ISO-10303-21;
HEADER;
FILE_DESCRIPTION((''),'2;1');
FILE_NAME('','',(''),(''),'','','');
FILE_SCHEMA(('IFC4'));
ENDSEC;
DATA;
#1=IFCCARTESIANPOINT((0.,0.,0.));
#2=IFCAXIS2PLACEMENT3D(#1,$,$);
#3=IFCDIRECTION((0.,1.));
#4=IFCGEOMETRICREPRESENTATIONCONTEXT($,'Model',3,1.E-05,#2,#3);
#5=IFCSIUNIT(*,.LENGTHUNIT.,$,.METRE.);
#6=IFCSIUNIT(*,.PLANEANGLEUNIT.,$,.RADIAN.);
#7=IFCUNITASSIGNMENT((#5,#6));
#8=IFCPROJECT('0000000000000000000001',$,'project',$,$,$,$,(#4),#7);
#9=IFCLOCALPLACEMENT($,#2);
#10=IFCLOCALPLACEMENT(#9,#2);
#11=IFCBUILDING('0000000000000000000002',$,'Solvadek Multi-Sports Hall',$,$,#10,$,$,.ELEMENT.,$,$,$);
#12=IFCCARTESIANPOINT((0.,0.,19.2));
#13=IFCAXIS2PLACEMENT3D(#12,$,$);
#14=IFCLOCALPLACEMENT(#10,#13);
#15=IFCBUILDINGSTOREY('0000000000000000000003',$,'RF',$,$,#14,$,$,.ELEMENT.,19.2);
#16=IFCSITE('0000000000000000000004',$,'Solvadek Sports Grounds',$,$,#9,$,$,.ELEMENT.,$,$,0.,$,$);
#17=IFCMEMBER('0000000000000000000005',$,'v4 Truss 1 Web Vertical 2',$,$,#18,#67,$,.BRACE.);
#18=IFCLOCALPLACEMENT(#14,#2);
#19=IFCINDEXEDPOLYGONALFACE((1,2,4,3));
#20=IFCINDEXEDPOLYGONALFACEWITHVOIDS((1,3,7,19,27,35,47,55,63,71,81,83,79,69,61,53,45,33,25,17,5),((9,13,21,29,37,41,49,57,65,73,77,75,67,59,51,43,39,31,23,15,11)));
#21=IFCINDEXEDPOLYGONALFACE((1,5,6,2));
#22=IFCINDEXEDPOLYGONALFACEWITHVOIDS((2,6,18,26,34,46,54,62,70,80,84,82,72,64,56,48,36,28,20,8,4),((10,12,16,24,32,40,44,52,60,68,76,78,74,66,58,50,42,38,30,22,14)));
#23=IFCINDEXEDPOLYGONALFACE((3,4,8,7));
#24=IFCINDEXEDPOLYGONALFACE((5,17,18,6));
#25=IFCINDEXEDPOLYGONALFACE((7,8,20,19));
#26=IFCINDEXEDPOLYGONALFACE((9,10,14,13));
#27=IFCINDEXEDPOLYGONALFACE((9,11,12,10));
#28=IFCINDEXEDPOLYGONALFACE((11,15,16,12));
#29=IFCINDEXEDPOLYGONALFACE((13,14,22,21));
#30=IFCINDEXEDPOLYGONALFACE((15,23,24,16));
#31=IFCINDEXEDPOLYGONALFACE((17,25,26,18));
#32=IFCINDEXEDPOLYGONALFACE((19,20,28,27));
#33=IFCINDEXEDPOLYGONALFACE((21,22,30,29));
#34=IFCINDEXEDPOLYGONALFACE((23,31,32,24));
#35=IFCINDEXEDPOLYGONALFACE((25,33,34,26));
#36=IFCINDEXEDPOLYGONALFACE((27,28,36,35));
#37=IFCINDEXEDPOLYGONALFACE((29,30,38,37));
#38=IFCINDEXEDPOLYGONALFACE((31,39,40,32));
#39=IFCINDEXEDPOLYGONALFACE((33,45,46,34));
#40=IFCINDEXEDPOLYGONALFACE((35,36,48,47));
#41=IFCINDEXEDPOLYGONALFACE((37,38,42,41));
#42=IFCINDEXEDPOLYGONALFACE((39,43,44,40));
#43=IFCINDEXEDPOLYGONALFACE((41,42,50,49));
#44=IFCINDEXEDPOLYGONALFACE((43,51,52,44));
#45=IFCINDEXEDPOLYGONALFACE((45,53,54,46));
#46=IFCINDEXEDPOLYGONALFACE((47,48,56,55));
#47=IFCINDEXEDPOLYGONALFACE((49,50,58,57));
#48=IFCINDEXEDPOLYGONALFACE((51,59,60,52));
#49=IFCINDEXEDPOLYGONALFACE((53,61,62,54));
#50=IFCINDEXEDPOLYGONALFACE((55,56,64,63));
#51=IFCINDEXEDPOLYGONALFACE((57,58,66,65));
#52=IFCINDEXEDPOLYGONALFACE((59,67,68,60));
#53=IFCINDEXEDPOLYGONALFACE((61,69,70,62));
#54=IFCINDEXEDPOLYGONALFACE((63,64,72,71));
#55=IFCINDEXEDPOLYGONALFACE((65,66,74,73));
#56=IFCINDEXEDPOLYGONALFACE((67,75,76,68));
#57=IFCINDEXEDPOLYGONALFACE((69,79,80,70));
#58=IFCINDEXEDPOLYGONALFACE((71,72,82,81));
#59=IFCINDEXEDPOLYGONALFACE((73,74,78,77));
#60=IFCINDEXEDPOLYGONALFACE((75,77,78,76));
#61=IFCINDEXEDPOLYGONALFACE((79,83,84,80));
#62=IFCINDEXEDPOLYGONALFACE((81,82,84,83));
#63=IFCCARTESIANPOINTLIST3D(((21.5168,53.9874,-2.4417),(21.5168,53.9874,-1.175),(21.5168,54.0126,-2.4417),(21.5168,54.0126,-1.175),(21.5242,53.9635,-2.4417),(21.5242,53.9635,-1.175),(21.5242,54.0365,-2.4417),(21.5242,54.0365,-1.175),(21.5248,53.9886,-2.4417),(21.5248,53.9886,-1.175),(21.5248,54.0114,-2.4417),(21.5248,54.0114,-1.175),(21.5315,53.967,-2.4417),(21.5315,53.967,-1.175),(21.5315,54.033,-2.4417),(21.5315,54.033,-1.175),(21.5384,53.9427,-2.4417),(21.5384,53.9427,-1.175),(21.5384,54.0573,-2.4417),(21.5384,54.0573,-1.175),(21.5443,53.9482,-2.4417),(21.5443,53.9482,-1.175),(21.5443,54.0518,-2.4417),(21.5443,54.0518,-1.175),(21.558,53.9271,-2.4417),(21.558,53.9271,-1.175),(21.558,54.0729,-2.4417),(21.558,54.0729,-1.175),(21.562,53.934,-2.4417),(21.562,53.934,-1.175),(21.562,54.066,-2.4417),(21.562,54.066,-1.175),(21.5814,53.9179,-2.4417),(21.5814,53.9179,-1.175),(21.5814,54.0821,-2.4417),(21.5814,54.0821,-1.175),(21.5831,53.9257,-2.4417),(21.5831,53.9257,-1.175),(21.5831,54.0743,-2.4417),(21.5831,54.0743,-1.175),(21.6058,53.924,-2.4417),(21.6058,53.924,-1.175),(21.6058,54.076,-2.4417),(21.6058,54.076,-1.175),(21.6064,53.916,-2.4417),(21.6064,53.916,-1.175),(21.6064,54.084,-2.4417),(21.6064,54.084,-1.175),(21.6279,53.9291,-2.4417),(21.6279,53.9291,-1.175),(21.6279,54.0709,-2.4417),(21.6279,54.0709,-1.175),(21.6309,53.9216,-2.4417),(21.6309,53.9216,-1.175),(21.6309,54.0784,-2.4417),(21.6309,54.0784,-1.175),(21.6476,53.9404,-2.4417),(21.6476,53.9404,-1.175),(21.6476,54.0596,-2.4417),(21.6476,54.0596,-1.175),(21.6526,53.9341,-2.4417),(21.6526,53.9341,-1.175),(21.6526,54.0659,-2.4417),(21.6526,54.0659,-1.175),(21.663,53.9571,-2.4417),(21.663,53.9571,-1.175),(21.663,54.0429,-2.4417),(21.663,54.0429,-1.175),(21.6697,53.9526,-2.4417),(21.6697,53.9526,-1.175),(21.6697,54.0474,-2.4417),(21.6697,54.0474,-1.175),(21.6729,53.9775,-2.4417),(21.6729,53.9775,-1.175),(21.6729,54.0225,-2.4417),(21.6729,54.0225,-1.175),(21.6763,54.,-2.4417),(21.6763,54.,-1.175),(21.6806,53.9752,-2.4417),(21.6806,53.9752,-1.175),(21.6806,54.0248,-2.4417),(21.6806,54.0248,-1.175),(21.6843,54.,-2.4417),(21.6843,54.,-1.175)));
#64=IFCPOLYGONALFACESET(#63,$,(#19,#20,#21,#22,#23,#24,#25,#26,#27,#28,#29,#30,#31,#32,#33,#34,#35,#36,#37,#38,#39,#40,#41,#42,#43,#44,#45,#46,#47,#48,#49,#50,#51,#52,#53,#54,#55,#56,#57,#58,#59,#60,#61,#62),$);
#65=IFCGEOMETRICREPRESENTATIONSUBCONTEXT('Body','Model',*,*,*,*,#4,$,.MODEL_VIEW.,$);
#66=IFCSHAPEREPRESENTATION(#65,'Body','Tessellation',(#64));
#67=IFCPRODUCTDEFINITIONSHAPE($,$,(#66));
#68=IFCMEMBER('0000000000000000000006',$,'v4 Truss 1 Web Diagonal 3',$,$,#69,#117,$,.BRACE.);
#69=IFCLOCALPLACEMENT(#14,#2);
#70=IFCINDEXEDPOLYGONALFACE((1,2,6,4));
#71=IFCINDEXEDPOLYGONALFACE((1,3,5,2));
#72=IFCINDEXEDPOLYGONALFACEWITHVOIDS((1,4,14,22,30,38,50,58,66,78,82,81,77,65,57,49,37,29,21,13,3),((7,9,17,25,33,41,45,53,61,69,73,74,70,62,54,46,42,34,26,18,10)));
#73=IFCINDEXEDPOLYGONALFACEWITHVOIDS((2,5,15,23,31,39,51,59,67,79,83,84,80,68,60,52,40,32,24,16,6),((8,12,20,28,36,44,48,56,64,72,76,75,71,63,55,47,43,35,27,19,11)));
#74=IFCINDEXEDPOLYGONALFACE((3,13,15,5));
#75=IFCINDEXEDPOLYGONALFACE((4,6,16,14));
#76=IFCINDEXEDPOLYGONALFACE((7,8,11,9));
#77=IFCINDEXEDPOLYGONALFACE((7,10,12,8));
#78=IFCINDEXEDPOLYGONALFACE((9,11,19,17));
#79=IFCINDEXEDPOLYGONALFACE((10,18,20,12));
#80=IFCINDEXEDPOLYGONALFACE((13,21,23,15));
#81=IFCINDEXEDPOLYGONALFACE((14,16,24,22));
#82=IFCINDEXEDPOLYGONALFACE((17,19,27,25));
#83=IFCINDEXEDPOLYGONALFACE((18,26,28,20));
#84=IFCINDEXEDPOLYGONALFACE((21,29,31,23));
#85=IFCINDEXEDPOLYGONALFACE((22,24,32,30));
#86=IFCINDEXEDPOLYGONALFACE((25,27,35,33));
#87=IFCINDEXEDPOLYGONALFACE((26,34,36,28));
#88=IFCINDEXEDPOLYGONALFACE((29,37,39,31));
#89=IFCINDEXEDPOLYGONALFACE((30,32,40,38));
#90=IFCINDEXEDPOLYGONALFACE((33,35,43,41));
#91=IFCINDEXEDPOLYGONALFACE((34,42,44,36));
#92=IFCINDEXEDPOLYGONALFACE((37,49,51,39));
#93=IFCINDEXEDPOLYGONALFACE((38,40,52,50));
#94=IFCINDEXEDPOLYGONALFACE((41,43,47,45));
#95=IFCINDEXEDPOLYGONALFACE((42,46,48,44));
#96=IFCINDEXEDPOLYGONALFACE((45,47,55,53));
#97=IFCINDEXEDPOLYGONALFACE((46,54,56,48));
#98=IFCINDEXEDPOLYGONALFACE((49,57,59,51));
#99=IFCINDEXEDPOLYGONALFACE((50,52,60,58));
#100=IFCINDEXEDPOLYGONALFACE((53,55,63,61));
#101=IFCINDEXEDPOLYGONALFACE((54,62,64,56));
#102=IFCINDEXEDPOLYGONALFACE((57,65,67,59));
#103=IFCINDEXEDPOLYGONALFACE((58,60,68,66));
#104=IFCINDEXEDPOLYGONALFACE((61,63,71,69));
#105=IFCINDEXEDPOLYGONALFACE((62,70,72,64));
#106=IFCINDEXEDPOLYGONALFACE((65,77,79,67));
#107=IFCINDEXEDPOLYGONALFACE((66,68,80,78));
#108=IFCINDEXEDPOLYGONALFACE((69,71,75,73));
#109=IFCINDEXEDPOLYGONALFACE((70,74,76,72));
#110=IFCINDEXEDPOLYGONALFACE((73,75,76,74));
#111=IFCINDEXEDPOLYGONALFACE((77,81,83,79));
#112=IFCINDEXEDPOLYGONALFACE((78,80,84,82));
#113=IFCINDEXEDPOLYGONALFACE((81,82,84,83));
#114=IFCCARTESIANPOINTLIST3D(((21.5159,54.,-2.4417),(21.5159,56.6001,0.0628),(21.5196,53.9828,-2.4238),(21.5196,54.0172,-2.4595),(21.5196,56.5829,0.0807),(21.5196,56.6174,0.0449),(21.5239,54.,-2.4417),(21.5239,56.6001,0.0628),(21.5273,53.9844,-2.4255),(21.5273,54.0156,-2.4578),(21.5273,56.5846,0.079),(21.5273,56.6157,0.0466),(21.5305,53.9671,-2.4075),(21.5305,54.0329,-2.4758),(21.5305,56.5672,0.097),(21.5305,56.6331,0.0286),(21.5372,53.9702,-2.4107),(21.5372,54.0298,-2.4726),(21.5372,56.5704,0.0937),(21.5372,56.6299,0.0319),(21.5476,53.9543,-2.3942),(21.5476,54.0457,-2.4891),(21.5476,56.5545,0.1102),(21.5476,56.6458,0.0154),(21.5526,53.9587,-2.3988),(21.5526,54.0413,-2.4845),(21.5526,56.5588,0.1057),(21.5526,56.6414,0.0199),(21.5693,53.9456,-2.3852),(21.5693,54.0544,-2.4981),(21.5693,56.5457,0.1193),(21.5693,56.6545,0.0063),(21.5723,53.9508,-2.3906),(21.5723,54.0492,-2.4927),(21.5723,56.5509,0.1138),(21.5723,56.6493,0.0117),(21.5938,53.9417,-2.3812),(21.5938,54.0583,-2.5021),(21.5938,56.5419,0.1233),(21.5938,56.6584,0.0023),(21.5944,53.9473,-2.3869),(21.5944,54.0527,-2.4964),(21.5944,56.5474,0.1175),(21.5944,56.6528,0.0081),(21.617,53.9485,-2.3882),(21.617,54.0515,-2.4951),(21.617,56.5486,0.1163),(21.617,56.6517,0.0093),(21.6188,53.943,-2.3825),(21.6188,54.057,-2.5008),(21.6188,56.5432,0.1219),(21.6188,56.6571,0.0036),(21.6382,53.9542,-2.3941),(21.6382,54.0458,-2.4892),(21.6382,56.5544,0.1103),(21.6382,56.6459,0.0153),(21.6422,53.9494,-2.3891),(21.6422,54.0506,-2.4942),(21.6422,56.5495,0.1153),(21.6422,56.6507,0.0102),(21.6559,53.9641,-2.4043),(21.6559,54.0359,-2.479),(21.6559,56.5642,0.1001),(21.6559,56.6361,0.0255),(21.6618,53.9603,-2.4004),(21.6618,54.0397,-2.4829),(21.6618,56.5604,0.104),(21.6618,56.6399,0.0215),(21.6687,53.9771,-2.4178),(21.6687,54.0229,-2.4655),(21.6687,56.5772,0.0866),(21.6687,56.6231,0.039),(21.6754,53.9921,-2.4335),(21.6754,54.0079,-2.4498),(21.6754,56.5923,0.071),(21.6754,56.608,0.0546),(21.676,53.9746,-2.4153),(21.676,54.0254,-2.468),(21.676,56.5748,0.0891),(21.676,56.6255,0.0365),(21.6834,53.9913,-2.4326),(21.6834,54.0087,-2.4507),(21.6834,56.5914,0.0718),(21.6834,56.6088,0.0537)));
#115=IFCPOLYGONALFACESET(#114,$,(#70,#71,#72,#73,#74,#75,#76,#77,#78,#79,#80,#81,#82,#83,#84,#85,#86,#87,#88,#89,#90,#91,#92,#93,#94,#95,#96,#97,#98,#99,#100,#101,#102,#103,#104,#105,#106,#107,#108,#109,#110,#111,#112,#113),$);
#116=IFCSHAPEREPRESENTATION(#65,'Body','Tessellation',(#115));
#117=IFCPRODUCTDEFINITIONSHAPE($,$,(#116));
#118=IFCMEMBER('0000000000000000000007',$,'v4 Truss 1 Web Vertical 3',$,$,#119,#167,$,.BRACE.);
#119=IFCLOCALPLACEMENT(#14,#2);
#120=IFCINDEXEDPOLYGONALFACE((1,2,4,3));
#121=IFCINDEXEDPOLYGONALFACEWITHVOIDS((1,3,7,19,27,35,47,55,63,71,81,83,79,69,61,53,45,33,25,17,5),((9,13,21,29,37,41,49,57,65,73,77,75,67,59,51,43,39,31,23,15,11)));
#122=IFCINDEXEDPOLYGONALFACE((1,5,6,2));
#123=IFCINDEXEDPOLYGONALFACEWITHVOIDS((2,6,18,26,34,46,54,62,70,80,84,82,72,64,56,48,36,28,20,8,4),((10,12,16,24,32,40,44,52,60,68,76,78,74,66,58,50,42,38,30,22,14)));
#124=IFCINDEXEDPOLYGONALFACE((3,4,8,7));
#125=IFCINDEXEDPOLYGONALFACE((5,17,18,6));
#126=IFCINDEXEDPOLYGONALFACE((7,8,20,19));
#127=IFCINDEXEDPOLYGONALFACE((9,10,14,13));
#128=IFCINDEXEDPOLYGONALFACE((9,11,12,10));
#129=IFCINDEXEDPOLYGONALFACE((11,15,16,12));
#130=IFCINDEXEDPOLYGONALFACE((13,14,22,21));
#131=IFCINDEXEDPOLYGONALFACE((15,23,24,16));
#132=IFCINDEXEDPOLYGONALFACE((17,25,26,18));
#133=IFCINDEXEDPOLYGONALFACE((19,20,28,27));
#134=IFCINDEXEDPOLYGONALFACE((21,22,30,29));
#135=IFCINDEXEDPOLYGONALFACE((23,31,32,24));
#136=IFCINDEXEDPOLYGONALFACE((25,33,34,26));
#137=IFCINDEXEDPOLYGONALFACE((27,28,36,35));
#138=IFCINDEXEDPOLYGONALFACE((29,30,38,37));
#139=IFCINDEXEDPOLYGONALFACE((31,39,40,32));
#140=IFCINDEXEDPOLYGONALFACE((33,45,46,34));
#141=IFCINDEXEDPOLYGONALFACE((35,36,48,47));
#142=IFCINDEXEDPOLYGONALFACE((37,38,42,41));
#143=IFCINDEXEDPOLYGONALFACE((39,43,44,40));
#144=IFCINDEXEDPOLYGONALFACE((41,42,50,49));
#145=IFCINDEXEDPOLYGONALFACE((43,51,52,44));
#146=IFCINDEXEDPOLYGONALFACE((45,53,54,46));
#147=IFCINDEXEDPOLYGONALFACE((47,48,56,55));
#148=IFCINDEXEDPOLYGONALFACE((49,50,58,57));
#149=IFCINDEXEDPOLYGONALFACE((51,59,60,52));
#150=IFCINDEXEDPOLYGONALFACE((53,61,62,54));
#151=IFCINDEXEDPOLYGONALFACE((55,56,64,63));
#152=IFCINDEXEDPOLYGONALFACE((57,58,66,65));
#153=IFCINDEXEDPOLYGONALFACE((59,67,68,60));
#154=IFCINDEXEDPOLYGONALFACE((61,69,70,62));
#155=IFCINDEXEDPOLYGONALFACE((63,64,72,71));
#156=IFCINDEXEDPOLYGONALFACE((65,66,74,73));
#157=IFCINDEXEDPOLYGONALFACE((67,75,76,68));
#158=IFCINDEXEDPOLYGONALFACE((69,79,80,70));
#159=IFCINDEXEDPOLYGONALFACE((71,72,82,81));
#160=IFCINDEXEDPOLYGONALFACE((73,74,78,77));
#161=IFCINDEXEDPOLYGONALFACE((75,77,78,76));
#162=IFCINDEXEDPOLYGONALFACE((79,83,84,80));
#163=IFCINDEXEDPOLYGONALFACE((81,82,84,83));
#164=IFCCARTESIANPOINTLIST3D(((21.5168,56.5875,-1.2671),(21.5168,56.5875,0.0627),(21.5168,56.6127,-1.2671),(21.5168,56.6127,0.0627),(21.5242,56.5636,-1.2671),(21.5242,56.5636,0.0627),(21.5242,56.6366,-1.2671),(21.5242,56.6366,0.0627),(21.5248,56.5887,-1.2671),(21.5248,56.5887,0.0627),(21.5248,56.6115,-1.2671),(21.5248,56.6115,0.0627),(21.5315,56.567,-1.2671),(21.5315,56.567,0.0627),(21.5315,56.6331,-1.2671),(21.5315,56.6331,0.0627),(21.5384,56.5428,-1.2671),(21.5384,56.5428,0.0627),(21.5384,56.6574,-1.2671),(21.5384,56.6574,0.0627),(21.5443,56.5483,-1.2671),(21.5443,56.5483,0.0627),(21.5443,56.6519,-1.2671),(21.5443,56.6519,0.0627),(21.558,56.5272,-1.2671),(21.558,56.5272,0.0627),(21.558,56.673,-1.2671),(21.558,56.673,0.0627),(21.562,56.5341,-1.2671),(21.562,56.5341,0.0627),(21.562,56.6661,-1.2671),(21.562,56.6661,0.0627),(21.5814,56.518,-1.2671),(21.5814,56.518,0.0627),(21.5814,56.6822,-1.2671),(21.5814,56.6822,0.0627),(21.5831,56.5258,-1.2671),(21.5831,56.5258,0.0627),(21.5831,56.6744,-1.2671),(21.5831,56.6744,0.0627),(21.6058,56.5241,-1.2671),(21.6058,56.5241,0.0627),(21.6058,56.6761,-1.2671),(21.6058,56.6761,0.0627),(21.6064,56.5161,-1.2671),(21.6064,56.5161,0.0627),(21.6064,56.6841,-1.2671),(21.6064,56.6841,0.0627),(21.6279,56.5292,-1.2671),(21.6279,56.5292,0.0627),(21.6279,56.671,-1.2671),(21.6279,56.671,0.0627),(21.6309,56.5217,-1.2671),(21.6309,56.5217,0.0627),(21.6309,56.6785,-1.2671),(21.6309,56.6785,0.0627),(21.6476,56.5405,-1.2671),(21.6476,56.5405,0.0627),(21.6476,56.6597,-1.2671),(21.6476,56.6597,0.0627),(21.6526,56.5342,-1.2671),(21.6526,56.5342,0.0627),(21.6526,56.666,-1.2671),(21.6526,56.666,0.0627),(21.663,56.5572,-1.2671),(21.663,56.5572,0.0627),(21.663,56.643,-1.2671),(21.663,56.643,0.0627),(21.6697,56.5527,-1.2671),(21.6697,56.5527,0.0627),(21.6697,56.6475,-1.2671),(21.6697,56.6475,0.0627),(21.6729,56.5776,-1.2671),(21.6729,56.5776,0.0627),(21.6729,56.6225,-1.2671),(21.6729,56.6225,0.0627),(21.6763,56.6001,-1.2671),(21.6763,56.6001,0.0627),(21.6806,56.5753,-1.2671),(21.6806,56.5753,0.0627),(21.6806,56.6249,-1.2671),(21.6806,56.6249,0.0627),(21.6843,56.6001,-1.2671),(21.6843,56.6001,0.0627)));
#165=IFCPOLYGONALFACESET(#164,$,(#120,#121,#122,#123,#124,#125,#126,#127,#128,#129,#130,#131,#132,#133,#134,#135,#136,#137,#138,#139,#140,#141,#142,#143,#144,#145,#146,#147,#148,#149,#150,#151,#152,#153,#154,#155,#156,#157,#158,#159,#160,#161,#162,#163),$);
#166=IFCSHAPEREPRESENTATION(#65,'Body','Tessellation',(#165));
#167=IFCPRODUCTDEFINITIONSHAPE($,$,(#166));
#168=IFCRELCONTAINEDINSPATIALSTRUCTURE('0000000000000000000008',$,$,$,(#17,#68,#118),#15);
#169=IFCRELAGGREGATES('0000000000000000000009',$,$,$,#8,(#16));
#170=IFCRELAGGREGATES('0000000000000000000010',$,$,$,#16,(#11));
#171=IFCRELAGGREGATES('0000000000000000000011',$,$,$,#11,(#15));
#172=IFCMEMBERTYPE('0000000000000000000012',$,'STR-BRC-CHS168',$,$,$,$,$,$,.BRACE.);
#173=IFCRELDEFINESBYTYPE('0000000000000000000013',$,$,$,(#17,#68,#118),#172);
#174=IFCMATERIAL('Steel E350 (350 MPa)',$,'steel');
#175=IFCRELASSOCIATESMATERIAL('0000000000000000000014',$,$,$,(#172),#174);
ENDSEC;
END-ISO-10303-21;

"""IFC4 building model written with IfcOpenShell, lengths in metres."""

from ifc_helpers import new_model, si_unit, direction, frame, origin, origin_2d, place, context, subcontext, project, spatial, hollow_circle, extrude, material, material_profile, profile_set, type_object, element, save


model = new_model("IFC4")

# Units and contexts
model_context = context("Model", 3, precision=1e-05, world=origin(), true_north=direction((0.0, 1.0)))
body_context = subcontext(model_context, "Body", "Model", "MODEL_VIEW")
ifc_project = project(units=[si_unit("LENGTHUNIT", "METRE"), si_unit("PLANEANGLEUNIT", "RADIAN")], contexts=[model_context])

# Site, building, storey
site_placement = place(None, origin())
site = spatial("IfcSite", under=ifc_project, at=site_placement, Name="Solvadek Sports Grounds", CompositionType="ELEMENT", RefElevation=0.0)
building_placement = place(site_placement, origin())
building = spatial("IfcBuilding", under=site, at=building_placement, Name="Solvadek Multi-Sports Hall", CompositionType="ELEMENT")
storey_placement = place(building_placement, frame((0.0, 0.0, 19.2)))
storey = spatial("IfcBuildingStorey", under=building, at=storey_placement, Name="RF", CompositionType="ELEMENT", Elevation=19.2)

# Members
ifc_material_1 = material(Name="Steel E350 (350 MPa)", Category="steel")
ifc_material_profile_1 = material_profile(ifc_material_1, hollow_circle(Radius=0.0842, WallThickness=0.0081, at=origin_2d()), Name="CHS 168.3x8")
ifc_profile_set_1 = profile_set([ifc_material_profile_1], Name="Steel E350 (350 MPa)")
member_type_1 = type_object("IfcMemberType", Name="STR-BRC-CHS168", PredefinedType="BRACE", material=ifc_profile_set_1)
member_1_placement = place(storey_placement, frame((21.6001, 54.0, -2.4417), z_axis=(0.0, 0.0, 1.0), x_axis=(1.0, 0.0, 0.0)))
element("IfcMember", 1, at=member_1_placement, inside=storey, type_object=member_type_1, Name="v4 Truss 1 Web Vertical 2", PredefinedType="BRACE", context=body_context, shape_type="SweptSolid", body=[
    extrude(hollow_circle(Radius=0.0842, WallThickness=0.0081, at=origin_2d()), origin(), (0.0, 0.0, 1.0), 1.2666),
])
member_2_placement = place(storey_placement, frame((21.6001, 54.0, -2.4417), z_axis=(0.0, 0.720238, 0.693727), x_axis=(-1.0, 0.0, 0.0)))
element("IfcMember", 2, at=member_2_placement, inside=storey, type_object=member_type_1, Name="v4 Truss 1 Web Diagonal 3", PredefinedType="BRACE", context=body_context, shape_type="SweptSolid", body=[
    extrude(hollow_circle(Radius=0.0842, WallThickness=0.0081, at=origin_2d()), origin(), (0.0, 0.0, 1.0), 3.6101),
])
member_3_placement = place(storey_placement, frame((21.6001, 56.6001, -1.2671), z_axis=(0.0, 0.0, 1.0), x_axis=(1.0, 0.0, 0.0)))
element("IfcMember", 3, at=member_3_placement, inside=storey, type_object=member_type_1, Name="v4 Truss 1 Web Vertical 3", PredefinedType="BRACE", context=body_context, shape_type="SweptSolid", body=[
    extrude(hollow_circle(Radius=0.0842, WallThickness=0.0081, at=origin_2d()), origin(), (0.0, 0.0, 1.0), 1.3298),
])

save(model, "model.ifc")
